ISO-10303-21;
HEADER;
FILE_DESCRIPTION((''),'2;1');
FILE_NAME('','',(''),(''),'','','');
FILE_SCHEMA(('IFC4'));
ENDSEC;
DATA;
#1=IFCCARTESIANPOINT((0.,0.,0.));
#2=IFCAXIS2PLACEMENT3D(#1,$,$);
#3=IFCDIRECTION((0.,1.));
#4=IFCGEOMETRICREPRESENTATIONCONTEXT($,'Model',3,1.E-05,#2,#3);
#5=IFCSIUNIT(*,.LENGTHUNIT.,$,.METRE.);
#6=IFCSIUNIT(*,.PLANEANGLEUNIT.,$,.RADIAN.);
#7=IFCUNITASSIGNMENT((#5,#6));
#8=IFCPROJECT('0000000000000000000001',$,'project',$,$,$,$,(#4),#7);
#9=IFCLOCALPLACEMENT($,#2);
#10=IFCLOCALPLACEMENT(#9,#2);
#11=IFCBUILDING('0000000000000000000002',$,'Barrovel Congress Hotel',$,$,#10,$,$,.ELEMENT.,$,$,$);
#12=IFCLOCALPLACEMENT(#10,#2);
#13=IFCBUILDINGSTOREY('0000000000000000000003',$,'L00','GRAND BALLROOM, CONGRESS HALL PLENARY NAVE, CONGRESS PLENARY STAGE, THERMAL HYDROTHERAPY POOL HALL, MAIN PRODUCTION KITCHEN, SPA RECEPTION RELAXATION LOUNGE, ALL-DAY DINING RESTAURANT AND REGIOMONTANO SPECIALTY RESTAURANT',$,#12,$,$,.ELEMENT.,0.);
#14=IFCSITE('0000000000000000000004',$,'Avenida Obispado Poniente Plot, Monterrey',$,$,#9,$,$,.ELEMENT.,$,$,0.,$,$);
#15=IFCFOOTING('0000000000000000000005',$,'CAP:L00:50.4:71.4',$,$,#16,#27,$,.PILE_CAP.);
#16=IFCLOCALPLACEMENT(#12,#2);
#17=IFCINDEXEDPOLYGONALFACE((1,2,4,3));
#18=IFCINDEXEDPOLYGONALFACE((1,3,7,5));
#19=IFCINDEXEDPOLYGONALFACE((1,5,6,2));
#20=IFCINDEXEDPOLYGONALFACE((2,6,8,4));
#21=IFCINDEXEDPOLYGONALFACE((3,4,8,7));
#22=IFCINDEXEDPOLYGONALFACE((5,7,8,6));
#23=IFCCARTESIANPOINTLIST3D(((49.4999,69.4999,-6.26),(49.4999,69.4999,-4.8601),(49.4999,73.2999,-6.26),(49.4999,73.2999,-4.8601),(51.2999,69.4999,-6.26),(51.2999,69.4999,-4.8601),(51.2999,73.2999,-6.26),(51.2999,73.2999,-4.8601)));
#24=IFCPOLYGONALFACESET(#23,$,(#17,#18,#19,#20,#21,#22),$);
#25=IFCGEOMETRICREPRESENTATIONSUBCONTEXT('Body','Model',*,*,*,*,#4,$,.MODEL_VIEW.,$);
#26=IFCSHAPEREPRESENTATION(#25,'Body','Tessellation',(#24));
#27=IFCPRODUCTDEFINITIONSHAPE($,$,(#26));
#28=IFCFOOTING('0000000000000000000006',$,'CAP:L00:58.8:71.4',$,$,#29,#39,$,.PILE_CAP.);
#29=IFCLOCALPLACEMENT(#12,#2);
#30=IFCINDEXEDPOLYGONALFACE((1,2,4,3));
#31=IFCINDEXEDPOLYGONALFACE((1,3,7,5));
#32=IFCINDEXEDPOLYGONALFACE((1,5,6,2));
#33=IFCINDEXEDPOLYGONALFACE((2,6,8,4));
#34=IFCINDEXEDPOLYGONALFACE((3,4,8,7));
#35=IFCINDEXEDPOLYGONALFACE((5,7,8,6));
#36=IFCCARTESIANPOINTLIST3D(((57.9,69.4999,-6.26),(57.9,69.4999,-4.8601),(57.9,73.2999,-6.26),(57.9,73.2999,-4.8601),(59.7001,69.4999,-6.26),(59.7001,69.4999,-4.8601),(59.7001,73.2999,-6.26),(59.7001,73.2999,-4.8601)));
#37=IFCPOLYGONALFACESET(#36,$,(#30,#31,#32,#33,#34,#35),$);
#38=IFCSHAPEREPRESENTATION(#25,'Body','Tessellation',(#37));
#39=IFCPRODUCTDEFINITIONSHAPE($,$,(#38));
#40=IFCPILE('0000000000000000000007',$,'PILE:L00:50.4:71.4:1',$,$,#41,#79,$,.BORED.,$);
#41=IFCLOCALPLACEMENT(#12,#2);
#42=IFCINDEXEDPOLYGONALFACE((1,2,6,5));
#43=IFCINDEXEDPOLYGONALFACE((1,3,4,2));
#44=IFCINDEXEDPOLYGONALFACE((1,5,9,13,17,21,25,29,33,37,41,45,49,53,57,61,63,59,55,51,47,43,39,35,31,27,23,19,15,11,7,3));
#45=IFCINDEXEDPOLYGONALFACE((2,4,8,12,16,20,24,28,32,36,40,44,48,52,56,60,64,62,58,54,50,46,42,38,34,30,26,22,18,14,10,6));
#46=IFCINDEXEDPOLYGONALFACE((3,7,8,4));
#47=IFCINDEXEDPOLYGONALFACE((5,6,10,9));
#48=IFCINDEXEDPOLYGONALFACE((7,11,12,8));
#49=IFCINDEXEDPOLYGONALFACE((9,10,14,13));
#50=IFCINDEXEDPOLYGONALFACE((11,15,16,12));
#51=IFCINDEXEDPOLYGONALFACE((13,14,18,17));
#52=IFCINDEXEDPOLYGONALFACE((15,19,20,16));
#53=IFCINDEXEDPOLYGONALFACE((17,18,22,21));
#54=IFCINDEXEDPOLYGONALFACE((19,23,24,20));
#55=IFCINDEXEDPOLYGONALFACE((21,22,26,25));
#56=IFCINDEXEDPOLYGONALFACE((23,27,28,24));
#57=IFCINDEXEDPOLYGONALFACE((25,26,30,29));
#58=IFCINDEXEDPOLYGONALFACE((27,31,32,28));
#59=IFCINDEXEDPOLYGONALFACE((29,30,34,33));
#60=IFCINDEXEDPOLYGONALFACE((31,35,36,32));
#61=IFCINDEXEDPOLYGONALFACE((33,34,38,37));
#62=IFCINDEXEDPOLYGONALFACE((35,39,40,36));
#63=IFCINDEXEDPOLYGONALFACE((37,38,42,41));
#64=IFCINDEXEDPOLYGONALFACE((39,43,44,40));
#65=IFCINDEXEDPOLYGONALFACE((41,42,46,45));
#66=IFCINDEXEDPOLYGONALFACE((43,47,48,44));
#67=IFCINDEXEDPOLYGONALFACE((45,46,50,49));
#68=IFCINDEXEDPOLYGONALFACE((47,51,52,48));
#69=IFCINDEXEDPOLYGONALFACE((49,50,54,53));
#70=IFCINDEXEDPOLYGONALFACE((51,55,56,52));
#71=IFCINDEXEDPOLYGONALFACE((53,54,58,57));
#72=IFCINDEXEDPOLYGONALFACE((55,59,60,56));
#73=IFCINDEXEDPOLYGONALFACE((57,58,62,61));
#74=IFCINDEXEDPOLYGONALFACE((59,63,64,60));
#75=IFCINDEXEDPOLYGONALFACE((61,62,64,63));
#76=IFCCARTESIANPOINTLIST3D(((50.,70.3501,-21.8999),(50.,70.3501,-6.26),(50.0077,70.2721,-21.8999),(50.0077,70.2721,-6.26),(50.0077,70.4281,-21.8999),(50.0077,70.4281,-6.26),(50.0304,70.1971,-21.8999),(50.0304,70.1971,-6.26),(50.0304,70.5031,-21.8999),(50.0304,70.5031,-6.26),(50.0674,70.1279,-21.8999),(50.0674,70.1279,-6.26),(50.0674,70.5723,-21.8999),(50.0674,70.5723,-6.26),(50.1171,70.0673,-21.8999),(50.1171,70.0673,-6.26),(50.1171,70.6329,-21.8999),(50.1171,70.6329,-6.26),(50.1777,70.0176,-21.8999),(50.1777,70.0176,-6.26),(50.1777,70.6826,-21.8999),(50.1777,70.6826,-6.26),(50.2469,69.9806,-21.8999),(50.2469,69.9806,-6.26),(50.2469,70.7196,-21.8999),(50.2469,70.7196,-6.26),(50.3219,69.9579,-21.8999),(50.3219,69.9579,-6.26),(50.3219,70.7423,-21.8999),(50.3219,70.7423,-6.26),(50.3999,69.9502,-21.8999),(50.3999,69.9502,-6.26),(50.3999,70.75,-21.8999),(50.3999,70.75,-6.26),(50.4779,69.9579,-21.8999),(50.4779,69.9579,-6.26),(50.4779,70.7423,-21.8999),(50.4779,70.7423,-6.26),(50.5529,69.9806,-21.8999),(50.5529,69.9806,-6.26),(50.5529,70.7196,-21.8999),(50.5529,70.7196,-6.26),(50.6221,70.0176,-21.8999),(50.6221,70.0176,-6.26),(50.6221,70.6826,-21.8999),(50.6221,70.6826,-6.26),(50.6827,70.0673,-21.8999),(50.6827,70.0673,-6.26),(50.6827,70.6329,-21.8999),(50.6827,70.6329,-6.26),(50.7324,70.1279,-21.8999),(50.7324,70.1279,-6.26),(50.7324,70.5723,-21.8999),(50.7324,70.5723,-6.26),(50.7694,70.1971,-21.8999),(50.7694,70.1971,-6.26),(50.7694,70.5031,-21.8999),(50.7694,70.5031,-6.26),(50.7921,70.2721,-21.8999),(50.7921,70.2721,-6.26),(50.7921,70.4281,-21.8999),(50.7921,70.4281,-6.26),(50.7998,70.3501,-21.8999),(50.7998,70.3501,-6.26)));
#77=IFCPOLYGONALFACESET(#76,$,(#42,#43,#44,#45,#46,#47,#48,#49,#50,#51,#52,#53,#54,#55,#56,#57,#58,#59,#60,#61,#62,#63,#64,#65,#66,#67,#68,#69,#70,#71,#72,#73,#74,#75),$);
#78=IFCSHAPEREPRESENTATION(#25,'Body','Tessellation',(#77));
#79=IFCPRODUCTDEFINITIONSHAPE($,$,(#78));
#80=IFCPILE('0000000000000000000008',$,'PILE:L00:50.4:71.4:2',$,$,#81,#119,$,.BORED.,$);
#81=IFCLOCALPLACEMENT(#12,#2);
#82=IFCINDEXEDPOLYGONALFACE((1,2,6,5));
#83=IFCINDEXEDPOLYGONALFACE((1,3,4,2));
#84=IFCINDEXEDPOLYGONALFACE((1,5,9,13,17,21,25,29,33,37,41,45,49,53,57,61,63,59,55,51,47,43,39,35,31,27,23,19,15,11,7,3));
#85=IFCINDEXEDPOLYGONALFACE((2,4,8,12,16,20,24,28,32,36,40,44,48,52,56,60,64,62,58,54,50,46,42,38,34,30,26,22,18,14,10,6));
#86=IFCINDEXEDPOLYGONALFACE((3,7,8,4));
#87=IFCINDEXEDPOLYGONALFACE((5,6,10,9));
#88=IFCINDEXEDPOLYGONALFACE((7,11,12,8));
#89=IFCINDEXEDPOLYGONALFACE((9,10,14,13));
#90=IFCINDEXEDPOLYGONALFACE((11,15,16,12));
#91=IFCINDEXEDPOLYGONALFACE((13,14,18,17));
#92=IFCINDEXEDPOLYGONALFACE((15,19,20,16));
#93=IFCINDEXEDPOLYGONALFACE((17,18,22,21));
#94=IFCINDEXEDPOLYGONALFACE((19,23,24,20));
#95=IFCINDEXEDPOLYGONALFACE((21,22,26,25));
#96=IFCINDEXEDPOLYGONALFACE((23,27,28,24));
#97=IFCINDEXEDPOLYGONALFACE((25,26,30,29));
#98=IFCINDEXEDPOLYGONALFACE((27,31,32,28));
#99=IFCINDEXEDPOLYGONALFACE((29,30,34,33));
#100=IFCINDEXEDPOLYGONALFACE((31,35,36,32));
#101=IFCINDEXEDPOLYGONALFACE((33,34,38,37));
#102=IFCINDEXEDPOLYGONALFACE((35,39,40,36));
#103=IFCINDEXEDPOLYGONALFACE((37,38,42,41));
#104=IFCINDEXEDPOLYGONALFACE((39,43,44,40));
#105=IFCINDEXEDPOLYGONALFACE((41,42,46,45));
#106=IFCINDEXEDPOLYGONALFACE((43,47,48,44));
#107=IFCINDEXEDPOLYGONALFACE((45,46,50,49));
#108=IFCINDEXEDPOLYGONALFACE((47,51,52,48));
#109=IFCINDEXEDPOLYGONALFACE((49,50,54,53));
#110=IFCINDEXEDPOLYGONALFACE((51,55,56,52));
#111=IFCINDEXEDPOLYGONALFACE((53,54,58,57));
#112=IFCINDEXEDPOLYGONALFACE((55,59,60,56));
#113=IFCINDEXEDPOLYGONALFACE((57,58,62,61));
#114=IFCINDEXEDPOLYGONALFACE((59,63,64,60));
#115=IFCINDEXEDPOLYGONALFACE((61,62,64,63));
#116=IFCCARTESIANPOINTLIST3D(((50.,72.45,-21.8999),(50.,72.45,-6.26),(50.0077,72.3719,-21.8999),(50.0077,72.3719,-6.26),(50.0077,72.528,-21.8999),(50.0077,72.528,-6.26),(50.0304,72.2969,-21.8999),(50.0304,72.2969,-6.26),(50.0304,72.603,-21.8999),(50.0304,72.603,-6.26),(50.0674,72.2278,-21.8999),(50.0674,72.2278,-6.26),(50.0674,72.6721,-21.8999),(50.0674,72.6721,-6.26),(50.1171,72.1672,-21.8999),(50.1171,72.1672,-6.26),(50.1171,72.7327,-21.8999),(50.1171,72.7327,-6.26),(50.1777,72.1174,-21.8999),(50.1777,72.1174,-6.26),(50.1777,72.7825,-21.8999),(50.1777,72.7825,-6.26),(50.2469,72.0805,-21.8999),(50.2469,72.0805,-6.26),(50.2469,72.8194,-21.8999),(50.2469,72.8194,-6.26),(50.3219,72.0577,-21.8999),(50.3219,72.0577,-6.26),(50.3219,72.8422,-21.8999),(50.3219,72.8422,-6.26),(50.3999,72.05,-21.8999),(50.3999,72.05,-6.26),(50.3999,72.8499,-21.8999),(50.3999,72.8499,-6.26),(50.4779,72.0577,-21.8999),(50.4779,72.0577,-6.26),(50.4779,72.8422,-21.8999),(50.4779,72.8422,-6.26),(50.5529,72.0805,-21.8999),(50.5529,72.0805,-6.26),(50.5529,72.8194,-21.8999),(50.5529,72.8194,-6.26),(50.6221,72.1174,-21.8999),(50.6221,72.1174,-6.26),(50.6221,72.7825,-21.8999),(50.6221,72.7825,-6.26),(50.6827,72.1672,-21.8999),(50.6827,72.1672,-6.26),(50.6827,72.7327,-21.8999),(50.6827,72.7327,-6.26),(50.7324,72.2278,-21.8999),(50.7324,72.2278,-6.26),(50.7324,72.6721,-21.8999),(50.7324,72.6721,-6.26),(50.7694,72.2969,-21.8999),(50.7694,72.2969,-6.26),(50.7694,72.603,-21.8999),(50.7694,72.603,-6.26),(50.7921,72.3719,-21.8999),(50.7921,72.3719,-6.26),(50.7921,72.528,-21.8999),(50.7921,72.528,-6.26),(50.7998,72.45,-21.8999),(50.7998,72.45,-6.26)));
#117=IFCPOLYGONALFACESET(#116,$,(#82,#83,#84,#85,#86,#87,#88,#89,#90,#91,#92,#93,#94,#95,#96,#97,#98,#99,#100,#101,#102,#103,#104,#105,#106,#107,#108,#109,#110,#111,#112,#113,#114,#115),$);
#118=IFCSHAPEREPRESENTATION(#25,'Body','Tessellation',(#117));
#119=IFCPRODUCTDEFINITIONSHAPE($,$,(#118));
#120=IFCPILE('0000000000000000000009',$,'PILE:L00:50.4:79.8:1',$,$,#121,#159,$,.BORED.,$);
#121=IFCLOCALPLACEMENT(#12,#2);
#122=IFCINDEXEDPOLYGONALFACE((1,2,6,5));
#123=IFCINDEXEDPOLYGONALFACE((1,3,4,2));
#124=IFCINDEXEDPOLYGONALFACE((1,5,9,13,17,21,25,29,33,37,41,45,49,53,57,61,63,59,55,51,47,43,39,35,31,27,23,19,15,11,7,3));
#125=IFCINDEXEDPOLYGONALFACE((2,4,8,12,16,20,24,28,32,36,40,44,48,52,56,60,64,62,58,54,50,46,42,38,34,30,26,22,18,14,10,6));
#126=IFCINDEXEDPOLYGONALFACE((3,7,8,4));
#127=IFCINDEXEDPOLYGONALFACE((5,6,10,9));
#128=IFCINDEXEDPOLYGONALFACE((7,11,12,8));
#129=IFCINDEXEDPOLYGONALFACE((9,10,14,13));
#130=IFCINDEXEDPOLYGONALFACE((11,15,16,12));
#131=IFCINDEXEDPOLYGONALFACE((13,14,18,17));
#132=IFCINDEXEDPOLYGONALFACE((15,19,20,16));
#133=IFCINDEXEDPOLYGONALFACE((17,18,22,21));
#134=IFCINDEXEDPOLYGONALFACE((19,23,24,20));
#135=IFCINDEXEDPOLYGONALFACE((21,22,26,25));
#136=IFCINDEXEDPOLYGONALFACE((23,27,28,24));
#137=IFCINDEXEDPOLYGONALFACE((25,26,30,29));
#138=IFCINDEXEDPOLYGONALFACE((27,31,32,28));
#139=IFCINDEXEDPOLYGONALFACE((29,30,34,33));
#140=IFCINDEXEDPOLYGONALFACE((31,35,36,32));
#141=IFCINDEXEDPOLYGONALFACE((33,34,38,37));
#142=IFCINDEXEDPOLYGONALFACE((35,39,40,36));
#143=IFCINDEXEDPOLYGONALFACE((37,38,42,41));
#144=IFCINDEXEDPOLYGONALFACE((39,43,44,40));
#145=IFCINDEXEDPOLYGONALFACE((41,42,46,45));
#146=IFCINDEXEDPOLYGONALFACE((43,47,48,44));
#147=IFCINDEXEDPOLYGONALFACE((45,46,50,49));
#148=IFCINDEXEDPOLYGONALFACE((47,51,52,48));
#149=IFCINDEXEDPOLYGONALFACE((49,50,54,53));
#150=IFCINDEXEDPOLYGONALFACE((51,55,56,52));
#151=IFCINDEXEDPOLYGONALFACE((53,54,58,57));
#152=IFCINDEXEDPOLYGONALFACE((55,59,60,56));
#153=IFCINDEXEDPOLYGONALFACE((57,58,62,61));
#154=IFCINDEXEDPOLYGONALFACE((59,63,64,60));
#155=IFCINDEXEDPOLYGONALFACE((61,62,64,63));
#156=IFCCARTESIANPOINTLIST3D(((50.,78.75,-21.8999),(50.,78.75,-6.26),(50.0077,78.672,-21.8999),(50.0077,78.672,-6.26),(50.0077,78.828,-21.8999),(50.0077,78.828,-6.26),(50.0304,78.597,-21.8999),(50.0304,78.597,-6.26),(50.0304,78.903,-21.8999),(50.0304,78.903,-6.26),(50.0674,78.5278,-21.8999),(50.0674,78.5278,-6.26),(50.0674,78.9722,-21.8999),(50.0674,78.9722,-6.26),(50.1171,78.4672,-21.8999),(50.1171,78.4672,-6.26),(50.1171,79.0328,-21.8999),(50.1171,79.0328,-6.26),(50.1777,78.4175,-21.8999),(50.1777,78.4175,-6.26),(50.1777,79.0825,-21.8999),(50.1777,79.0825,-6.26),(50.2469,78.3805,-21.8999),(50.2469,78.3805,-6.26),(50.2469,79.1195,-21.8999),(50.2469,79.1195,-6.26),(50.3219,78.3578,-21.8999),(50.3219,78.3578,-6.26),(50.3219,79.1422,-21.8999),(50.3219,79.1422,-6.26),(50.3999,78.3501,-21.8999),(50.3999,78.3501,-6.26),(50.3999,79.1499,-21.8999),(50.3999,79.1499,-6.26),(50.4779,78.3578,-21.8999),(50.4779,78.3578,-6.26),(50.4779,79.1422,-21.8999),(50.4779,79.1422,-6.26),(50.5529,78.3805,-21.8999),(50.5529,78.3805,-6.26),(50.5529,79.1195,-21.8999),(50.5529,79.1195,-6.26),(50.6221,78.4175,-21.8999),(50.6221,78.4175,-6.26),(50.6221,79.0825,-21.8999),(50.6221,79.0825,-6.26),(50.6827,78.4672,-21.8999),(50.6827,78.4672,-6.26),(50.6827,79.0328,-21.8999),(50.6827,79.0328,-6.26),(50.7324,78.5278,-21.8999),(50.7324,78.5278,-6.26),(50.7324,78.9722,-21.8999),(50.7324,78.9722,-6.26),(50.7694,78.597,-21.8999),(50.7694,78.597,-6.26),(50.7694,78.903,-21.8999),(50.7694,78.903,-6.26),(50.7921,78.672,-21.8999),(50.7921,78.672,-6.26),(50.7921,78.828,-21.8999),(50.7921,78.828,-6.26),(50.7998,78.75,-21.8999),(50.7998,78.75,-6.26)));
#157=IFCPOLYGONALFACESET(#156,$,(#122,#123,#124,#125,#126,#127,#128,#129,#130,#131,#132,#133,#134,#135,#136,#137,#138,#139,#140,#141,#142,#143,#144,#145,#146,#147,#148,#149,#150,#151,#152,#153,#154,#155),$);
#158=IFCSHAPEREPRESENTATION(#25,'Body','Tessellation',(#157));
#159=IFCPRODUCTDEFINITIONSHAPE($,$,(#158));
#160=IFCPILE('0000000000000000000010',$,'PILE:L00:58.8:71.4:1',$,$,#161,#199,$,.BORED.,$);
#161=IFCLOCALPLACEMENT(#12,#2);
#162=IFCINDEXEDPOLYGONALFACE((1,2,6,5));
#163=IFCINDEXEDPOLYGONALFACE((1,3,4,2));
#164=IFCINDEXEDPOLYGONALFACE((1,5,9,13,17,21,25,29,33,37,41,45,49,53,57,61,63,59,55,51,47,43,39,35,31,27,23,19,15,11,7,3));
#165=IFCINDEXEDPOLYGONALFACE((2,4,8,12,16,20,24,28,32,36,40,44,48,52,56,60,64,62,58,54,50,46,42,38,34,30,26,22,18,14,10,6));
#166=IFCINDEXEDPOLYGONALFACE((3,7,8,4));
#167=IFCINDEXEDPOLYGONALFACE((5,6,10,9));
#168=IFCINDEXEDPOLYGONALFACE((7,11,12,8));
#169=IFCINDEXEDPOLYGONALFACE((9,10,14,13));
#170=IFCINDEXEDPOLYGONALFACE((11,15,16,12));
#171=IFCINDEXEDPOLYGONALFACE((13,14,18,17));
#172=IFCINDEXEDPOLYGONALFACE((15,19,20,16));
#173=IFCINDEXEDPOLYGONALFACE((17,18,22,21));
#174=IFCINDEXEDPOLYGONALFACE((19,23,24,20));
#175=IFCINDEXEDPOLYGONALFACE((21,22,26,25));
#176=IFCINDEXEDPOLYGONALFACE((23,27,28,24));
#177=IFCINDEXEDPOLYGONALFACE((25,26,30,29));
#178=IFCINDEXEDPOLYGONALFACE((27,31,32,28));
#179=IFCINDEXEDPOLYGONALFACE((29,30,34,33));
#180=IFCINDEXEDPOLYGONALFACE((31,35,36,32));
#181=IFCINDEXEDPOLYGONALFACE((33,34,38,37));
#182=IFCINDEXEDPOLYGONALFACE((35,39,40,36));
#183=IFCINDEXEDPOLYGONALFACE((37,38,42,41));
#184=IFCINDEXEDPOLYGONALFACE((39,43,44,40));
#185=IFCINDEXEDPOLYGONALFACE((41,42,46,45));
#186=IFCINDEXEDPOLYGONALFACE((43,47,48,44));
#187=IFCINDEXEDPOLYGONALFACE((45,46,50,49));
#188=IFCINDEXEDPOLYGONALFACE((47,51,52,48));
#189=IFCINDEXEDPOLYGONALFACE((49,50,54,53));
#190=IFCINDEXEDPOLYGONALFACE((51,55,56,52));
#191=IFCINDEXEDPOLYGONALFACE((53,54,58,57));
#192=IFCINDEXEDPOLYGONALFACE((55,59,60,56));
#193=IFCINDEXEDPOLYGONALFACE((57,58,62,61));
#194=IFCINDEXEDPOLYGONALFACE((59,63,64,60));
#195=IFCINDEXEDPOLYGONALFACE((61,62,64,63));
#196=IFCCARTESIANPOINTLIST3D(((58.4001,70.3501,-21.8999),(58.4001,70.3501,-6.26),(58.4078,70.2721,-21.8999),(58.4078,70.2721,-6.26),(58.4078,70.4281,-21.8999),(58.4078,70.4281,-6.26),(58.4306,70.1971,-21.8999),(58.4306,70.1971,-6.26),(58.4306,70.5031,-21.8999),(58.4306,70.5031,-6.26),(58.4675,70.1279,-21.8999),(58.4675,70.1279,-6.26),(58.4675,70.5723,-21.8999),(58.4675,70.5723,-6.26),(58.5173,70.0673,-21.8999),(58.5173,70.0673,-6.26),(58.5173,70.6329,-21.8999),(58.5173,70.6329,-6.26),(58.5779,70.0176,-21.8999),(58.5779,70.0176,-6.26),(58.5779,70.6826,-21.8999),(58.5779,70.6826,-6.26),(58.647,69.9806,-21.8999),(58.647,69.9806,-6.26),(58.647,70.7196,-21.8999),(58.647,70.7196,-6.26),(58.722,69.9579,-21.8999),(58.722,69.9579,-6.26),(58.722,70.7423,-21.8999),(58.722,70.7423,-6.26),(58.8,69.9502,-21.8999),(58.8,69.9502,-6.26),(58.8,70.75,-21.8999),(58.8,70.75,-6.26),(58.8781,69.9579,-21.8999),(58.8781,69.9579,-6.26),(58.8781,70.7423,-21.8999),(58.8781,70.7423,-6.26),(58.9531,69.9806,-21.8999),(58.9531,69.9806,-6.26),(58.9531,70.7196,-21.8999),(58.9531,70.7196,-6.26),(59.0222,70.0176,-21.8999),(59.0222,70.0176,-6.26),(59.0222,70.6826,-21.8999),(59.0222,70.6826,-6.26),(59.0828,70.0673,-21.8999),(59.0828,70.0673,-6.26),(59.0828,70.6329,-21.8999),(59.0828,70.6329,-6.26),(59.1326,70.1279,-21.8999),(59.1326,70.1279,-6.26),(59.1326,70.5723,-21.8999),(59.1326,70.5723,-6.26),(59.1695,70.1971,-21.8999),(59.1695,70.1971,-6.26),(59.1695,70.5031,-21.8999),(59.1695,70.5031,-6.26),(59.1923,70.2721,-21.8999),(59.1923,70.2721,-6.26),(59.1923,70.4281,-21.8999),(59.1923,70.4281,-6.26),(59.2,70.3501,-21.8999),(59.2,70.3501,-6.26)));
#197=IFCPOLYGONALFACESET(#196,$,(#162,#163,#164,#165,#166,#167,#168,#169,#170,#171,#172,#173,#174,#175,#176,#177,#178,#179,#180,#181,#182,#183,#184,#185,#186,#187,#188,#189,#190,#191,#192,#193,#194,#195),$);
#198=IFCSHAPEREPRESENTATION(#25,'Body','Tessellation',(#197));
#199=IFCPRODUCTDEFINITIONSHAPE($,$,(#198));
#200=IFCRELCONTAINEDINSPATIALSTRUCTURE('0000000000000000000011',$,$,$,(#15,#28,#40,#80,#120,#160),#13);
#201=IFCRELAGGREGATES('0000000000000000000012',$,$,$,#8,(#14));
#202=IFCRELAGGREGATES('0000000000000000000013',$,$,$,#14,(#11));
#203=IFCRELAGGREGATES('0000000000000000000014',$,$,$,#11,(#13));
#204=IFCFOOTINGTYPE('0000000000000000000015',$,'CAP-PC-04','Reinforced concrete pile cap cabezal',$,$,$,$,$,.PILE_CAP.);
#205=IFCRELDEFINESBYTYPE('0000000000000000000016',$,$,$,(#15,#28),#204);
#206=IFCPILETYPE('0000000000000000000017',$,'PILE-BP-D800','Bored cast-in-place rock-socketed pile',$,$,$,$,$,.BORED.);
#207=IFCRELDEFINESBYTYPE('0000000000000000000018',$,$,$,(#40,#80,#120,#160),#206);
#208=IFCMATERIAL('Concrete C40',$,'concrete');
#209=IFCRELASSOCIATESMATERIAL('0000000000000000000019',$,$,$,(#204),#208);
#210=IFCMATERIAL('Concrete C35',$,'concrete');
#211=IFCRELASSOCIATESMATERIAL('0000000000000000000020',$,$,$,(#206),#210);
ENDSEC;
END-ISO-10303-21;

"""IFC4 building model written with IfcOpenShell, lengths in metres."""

from ifc_helpers import new_model, si_unit, direction, frame, origin, origin_2d, place, context, subcontext, project, spatial, rectangle, circle, extrude, material, material_profile, profile_set, type_object, element, save


model = new_model("IFC4")

# Units and contexts
model_context = context("Model", 3, precision=1e-05, world=origin(), true_north=direction((0.0, 1.0)))
body_context = subcontext(model_context, "Body", "Model", "MODEL_VIEW")
ifc_project = project(units=[si_unit("LENGTHUNIT", "METRE"), si_unit("PLANEANGLEUNIT", "RADIAN")], contexts=[model_context])

# Site, building, storey
site_placement = place(None, origin())
site = spatial("IfcSite", under=ifc_project, at=site_placement, Name="Avenida Obispado Poniente Plot, Monterrey", CompositionType="ELEMENT", RefElevation=0.0)
building_placement = place(site_placement, origin())
building = spatial("IfcBuilding", under=site, at=building_placement, Name="Barrovel Congress Hotel", CompositionType="ELEMENT")
storey_placement = place(building_placement, origin())
storey = spatial("IfcBuildingStorey", under=building, at=storey_placement, Name="L00", Description="GRAND BALLROOM, CONGRESS HALL PLENARY NAVE, CONGRESS PLENARY STAGE, THERMAL HYDROTHERAPY POOL HALL, MAIN PRODUCTION KITCHEN, SPA RECEPTION RELAXATION LOUNGE, ALL-DAY DINING RESTAURANT AND REGIOMONTANO SPECIALTY RESTAURANT", CompositionType="ELEMENT", Elevation=0.0)

# Footings
ifc_material_1 = material(Name="Concrete C40", Category="concrete")
footing_type = type_object("IfcFootingType", Name="CAP-PC-04", Description="Reinforced concrete pile cap cabezal", PredefinedType="PILE_CAP", material=ifc_material_1)
for number, where, z_axis, x_axis, name in (
    (1, (50.3999, 71.3999, -6.26), (0.0, 0.0, 1.0), (1.0, 0.0, 0.0), "CAP:L00:50.4:71.4"),
    (2, (58.8, 71.3999, -6.26), (0.0, 0.0, 1.0), (1.0, 0.0, 0.0), "CAP:L00:58.8:71.4"),
):
    element("IfcFooting", number, at=place(storey_placement, frame(where, z_axis=z_axis, x_axis=x_axis)), inside=storey, type_object=footing_type, Name=name, PredefinedType="PILE_CAP", context=body_context, shape_type="SweptSolid", body=[
        extrude(rectangle(XDim=1.8, YDim=3.8, at=origin_2d()), origin(), (0.0, 0.0, 1.0), 1.3999),
    ])

# Piles
ifc_material_2 = material(Name="Concrete C35", Category="concrete")
ifc_material_profile_1 = material_profile(ifc_material_2, circle(Radius=0.3999, at=origin_2d()), Name="BP-D800")
ifc_profile_set_1 = profile_set([ifc_material_profile_1], Name="Concrete C35")
pile_type = type_object("IfcPileType", Name="PILE-BP-D800", Description="Bored cast-in-place rock-socketed pile", PredefinedType="BORED", material=ifc_profile_set_1)
for number, where, z_axis, x_axis, name in (
    (3, (50.3999, 70.3501, -6.26), (0.0, 0.0, -1.0), (1.0, 0.0, 0.0), "PILE:L00:50.4:71.4:1"),
    (4, (50.3999, 72.45, -6.26), (0.0, 0.0, -1.0), (1.0, 0.0, 0.0), "PILE:L00:50.4:71.4:2"),
    (5, (50.3999, 78.75, -6.26), (0.0, 0.0, -1.0), (1.0, 0.0, 0.0), "PILE:L00:50.4:79.8:1"),
    (6, (58.8, 70.3501, -6.26), (0.0, 0.0, -1.0), (1.0, 0.0, 0.0), "PILE:L00:58.8:71.4:1"),
):
    element("IfcPile", number, at=place(storey_placement, frame(where, z_axis=z_axis, x_axis=x_axis)), inside=storey, type_object=pile_type, Name=name, PredefinedType="BORED", context=body_context, shape_type="SweptSolid", body=[
        extrude(circle(Radius=0.3999, at=origin_2d()), origin(), (0.0, 0.0, 1.0), 15.6399),
    ])

save(model, "model.ifc")
